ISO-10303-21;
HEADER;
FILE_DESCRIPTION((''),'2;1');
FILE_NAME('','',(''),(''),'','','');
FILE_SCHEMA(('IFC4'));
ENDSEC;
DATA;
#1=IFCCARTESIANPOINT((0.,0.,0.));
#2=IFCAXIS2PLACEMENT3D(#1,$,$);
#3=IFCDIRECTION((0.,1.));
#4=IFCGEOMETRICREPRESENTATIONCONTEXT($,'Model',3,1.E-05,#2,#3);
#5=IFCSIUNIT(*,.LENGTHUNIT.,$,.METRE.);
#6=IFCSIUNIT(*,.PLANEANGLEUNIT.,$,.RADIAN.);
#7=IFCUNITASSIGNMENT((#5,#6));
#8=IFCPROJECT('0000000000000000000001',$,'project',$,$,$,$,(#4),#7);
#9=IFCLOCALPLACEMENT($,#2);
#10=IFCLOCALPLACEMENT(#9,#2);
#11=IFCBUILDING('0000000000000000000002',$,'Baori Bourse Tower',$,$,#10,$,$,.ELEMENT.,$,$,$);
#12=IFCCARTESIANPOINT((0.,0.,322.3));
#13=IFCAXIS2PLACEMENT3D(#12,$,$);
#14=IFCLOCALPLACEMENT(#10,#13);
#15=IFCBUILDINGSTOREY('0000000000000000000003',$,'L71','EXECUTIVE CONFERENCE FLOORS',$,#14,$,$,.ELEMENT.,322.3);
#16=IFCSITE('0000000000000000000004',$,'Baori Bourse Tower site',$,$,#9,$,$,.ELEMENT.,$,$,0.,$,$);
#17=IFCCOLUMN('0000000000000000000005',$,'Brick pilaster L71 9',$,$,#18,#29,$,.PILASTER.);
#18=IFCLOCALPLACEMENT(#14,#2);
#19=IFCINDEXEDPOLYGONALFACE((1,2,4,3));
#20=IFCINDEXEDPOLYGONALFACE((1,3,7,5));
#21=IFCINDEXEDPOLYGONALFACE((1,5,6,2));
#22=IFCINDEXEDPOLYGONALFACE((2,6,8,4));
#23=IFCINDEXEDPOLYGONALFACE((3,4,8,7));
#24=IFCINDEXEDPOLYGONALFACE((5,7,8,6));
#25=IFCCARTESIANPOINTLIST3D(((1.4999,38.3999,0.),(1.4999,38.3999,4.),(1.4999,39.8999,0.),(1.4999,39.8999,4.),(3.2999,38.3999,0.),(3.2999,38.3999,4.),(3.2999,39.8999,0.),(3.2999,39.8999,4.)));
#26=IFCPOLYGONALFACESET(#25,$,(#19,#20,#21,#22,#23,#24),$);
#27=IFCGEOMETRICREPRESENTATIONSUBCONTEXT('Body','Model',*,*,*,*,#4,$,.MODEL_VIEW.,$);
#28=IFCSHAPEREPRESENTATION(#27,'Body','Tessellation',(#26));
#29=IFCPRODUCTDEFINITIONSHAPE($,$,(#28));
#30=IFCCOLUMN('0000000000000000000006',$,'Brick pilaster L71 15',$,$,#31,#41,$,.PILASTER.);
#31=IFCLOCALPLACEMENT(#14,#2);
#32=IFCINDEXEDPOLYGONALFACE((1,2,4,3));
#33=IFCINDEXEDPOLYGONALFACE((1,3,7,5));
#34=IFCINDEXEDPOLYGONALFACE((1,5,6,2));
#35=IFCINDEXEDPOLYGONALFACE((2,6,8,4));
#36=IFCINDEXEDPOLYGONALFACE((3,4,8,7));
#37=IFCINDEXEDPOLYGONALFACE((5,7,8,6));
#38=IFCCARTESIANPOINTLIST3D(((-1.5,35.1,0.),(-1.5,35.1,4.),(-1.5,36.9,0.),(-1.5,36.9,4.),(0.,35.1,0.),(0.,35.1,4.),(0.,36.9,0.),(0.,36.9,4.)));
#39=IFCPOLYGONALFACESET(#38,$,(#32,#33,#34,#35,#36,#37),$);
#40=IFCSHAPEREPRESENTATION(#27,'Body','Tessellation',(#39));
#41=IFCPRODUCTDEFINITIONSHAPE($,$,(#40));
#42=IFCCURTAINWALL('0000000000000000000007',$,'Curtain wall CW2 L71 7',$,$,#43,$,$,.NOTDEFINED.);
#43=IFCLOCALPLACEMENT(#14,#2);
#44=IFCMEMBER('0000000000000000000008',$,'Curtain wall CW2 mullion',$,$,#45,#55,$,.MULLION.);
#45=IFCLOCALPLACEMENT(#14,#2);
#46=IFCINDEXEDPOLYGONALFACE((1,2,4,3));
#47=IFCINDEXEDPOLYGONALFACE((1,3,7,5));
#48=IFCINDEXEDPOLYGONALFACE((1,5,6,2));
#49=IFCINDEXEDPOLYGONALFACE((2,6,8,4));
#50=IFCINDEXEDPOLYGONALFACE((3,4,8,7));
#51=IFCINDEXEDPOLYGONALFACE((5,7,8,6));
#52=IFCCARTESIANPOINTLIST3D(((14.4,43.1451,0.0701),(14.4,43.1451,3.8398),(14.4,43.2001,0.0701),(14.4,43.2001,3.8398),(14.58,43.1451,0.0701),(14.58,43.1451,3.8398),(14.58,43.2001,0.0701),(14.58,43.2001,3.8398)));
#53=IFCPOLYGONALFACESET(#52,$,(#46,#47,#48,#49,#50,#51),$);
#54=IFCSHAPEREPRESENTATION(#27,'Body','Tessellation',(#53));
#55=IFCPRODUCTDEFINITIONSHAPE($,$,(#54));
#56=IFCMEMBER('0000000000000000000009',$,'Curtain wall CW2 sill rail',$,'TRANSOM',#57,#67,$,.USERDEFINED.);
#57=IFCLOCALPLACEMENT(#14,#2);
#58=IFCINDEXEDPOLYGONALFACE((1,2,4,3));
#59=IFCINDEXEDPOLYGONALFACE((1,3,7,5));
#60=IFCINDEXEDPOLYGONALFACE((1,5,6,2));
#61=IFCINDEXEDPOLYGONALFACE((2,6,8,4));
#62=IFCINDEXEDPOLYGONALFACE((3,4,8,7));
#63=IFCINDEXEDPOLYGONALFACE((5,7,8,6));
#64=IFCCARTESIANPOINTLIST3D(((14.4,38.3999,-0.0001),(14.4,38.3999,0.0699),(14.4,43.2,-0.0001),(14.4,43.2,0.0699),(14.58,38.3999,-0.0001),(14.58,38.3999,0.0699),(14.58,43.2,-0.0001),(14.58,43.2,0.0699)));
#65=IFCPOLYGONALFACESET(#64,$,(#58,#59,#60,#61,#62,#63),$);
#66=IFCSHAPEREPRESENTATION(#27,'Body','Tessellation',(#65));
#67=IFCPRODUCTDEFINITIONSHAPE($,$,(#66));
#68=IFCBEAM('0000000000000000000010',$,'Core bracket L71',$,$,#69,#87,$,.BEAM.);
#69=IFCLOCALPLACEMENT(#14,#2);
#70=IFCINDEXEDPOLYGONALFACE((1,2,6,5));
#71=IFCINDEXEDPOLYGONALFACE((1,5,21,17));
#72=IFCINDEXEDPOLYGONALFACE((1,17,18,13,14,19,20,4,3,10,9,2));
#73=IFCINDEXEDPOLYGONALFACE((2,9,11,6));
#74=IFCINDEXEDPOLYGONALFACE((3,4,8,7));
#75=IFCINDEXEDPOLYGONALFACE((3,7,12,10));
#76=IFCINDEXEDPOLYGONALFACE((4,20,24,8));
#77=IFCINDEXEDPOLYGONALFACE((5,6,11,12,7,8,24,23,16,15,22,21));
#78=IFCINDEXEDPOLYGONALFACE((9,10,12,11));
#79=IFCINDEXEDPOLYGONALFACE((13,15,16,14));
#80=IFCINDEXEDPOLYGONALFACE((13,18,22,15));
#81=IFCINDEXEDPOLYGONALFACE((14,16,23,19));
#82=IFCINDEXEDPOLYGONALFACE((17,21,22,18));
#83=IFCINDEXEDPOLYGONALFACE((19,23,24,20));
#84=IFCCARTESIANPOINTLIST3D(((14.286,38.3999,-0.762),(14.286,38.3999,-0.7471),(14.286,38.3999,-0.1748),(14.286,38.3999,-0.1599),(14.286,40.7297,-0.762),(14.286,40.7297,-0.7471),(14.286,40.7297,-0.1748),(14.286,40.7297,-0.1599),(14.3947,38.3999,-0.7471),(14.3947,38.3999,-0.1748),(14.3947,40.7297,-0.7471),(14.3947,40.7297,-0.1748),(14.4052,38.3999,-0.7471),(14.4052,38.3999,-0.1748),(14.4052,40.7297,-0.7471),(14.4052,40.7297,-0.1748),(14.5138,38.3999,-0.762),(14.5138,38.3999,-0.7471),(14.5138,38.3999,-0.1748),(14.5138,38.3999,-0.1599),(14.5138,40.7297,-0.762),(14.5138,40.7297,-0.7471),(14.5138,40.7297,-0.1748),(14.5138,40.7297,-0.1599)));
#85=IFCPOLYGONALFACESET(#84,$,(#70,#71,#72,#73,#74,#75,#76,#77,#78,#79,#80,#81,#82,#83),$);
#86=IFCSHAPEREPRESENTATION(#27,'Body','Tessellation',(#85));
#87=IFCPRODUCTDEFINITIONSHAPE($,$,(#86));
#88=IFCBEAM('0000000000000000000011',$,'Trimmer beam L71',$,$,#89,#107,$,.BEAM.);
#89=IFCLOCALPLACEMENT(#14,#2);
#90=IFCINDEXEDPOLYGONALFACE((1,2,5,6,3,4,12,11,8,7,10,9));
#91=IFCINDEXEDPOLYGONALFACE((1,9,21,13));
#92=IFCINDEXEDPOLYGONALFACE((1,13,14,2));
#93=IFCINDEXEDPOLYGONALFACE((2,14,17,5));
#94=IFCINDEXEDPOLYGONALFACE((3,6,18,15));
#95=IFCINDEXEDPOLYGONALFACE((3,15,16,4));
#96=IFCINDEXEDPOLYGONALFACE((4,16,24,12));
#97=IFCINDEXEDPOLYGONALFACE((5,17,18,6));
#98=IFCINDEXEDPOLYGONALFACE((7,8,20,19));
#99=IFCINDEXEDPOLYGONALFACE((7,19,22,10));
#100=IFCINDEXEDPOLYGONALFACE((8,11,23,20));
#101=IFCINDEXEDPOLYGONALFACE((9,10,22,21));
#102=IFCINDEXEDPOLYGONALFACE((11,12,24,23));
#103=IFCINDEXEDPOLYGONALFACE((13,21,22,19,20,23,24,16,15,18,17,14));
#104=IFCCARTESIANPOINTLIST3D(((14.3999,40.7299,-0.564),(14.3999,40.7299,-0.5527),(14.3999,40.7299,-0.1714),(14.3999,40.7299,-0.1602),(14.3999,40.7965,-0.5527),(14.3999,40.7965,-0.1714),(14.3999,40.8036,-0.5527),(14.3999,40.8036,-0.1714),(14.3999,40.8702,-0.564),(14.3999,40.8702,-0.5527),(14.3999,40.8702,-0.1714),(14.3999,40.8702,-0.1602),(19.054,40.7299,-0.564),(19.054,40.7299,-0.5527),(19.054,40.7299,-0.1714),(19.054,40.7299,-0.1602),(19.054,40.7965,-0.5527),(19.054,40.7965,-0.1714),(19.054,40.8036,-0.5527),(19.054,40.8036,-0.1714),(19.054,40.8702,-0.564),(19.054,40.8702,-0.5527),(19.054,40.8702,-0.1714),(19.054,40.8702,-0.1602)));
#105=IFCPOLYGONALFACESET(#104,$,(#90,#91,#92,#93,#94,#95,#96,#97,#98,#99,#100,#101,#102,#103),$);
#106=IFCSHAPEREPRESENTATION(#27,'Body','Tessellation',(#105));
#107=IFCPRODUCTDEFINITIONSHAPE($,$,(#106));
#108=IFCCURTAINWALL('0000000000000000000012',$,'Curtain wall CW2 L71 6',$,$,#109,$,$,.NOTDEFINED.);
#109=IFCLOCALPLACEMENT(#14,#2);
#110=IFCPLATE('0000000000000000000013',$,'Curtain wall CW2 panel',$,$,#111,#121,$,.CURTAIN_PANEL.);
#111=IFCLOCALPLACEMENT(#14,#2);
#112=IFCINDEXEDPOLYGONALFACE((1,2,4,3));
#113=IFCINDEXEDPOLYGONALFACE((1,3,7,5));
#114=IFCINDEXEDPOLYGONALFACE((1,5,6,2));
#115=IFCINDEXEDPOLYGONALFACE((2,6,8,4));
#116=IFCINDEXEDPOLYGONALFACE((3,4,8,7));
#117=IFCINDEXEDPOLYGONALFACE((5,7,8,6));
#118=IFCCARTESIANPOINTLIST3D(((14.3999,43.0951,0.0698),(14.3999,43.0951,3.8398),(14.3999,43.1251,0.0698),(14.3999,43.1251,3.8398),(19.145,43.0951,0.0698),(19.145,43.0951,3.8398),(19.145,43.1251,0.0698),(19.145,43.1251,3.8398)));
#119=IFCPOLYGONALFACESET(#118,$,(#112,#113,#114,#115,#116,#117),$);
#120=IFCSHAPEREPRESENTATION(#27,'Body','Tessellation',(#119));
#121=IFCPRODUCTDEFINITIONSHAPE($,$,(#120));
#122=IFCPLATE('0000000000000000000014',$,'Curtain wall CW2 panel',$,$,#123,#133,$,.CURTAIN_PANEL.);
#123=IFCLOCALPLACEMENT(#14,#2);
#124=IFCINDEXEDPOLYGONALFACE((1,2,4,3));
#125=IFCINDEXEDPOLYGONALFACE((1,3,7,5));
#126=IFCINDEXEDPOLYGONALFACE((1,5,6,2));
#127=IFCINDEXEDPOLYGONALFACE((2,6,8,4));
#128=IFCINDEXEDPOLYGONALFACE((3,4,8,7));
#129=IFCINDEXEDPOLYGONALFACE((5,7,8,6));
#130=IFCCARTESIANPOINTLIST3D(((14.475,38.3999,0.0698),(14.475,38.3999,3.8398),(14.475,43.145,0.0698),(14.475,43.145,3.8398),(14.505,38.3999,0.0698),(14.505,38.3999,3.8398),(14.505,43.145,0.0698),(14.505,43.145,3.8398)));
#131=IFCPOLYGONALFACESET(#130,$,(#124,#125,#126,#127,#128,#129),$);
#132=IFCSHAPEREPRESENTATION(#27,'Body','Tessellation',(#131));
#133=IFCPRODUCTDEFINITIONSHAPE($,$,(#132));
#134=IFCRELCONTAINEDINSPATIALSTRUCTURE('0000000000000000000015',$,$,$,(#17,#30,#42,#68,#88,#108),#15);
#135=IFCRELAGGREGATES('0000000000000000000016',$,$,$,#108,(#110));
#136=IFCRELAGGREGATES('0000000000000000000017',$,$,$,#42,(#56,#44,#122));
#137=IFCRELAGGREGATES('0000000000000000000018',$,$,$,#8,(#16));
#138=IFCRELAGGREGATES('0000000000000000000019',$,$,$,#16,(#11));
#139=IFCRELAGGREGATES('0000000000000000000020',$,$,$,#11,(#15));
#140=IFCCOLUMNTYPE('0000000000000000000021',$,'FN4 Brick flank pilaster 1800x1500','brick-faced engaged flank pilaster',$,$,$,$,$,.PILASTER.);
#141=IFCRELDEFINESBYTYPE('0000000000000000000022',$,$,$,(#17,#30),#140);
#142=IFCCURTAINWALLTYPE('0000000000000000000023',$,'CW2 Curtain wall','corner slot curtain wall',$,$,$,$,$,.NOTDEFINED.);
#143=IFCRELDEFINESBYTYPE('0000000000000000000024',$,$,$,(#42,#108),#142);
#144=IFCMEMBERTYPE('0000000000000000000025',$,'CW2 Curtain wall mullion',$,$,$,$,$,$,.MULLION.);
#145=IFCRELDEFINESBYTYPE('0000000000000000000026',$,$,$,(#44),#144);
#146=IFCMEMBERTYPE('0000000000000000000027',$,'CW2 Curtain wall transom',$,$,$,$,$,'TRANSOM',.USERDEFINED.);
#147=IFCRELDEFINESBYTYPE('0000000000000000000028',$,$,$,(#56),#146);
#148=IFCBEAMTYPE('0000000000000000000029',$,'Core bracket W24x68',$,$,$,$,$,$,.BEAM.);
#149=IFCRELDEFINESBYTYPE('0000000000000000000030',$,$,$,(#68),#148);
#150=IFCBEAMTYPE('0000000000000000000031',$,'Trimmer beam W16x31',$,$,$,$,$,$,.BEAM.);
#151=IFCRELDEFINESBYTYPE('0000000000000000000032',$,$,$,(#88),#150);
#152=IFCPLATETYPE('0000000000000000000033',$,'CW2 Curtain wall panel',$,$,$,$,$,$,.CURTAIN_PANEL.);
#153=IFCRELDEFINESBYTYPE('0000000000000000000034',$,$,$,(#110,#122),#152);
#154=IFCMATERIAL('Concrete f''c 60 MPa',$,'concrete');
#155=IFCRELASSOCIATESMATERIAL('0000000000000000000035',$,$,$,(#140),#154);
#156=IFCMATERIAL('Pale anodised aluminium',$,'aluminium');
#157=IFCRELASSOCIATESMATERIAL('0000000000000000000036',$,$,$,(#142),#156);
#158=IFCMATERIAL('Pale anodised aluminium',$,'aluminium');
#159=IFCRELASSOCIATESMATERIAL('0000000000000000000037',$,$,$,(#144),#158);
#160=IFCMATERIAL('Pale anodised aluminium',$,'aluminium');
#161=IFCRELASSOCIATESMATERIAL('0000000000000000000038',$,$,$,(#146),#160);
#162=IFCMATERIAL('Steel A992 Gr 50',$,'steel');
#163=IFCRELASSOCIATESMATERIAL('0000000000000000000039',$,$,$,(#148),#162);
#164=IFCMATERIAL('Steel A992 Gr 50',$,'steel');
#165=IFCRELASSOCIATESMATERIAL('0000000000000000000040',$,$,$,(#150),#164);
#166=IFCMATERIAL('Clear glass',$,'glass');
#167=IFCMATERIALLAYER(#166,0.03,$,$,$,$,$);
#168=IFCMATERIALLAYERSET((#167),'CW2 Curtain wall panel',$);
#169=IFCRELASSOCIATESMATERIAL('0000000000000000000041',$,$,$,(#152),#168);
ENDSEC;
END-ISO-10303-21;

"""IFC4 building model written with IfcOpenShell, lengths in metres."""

from ifc_helpers import new_model, si_unit, direction, frame, origin, origin_2d, place, context, subcontext, project, spatial, rectangle, i_section, extrude, material, layer, layer_set, material_profile, profile_set, type_object, element, aggregate, save


model = new_model("IFC4")

# Units and contexts
model_context = context("Model", 3, precision=1e-05, world=origin(), true_north=direction((0.0, 1.0)))
body_context = subcontext(model_context, "Body", "Model", "MODEL_VIEW")
ifc_project = project(units=[si_unit("LENGTHUNIT", "METRE"), si_unit("PLANEANGLEUNIT", "RADIAN")], contexts=[model_context])

# Site, building, storey
site_placement = place(None, origin())
site = spatial("IfcSite", under=ifc_project, at=site_placement, Name="Baori Bourse Tower site", CompositionType="ELEMENT", RefElevation=0.0)
building_placement = place(site_placement, origin())
building = spatial("IfcBuilding", under=site, at=building_placement, Name="Baori Bourse Tower", CompositionType="ELEMENT")
storey_placement = place(building_placement, frame((0.0, 0.0, 322.3)))
storey = spatial("IfcBuildingStorey", under=building, at=storey_placement, Name="L71", Description="EXECUTIVE CONFERENCE FLOORS", CompositionType="ELEMENT", Elevation=322.3)

# Columns
ifc_material_1 = material(Name="Concrete f'c 60 MPa", Category="concrete")
ifc_material_profile_1 = material_profile(ifc_material_1, rectangle(XDim=1.8, YDim=1.5, at=origin_2d()), Name="RC 1800x1500")
ifc_profile_set_1 = profile_set([ifc_material_profile_1], Name="Concrete f'c 60 MPa")
column_type = type_object("IfcColumnType", Name="FN4 Brick flank pilaster 1800x1500", Description="brick-faced engaged flank pilaster", PredefinedType="PILASTER", material=ifc_profile_set_1)
for number, where, z_axis, x_axis, name in (
    (1, (2.3999, 39.1499, 0.0), (0.0, 0.0, 1.0), (1.0, 0.0, 0.0), "Brick pilaster L71 9"),
    (2, (-0.75, 36.0, 0.0), (0.0, 0.0, 1.0), (0.0, 1.0, 0.0), "Brick pilaster L71 15"),
):
    element("IfcColumn", number, at=place(storey_placement, frame(where, z_axis=z_axis, x_axis=x_axis)), inside=storey, type_object=column_type, Name=name, PredefinedType="PILASTER", context=body_context, shape_type="SweptSolid", body=[
        extrude(rectangle(XDim=1.8, YDim=1.5, at=origin_2d()), origin(), (0.0, 0.0, 1.0), 4.0),
    ])

# Curtain wall, members
ifc_material_2 = material(Name="Pale anodised aluminium", Category="aluminium")
curtain_wall_type = type_object("IfcCurtainWallType", Name="CW2 Curtain wall", Description="corner slot curtain wall", PredefinedType="NOTDEFINED", material=ifc_material_2)
curtain_wall_1_placement = place(storey_placement, origin())
curtain_wall_1 = element("IfcCurtainWall", 3, at=curtain_wall_1_placement, inside=storey, type_object=curtain_wall_type, Name="Curtain wall CW2 L71 7", PredefinedType="NOTDEFINED")
ifc_material_3 = material(Name="Pale anodised aluminium", Category="aluminium")
ifc_material_profile_2 = material_profile(ifc_material_3, rectangle(XDim=0.1799, YDim=0.0549, at=origin_2d()), Name="Mullion 55x180")
ifc_profile_set_2 = profile_set([ifc_material_profile_2], Name="Pale anodised aluminium")
member_type_1 = type_object("IfcMemberType", Name="CW2 Curtain wall mullion", PredefinedType="MULLION", material=ifc_profile_set_2)
member_1_placement = place(storey_placement, frame((14.49, 43.1726, 0.0701), z_axis=(0.0, 0.0, 1.0), x_axis=(1.0, 0.0, 0.0)))
member_1 = element("IfcMember", 4, at=member_1_placement, type_object=member_type_1, Name="Curtain wall CW2 mullion", PredefinedType="MULLION", context=body_context, shape_type="SweptSolid", body=[
    extrude(rectangle(XDim=0.1799, YDim=0.0549, at=origin_2d()), origin(), (0.0, 0.0, 1.0), 3.7698),
])
ifc_material_4 = material(Name="Pale anodised aluminium", Category="aluminium")
ifc_material_profile_3 = material_profile(ifc_material_4, rectangle(XDim=0.1799, YDim=0.0701, at=origin_2d()), Name="Transom 70x180")
ifc_profile_set_3 = profile_set([ifc_material_profile_3], Name="Pale anodised aluminium")
member_type_2 = type_object("IfcMemberType", Name="CW2 Curtain wall transom", ElementType="TRANSOM", PredefinedType="USERDEFINED", material=ifc_profile_set_3)
member_2_placement = place(storey_placement, frame((14.49, 43.2, 0.0349), z_axis=(0.0, -1.0, 0.0), x_axis=(1.0, 0.0, 0.0)))
member_2 = element("IfcMember", 5, at=member_2_placement, type_object=member_type_2, Name="Curtain wall CW2 sill rail", ObjectType="TRANSOM", PredefinedType="USERDEFINED", context=body_context, shape_type="SweptSolid", body=[
    extrude(rectangle(XDim=0.1799, YDim=0.0701, at=origin_2d()), origin(), (0.0, 0.0, 1.0), 4.8),
])

# Beams
ifc_material_5 = material(Name="Steel A992 Gr 50", Category="steel")
ifc_material_profile_4 = material_profile(ifc_material_5, i_section(OverallWidth=0.2278, OverallDepth=0.6021, WebThickness=0.0105, FlangeThickness=0.0149, at=origin_2d()), Name="W24x68")
ifc_profile_set_4 = profile_set([ifc_material_profile_4], Name="Steel A992 Gr 50")
beam_type_1 = type_object("IfcBeamType", Name="Core bracket W24x68", PredefinedType="BEAM", material=ifc_profile_set_4)
beam_1_placement = place(storey_placement, frame((14.3999, 38.3999, -0.4609), z_axis=(0.0, 1.0, 0.0), x_axis=(-1.0, 0.0, 0.0)))
element("IfcBeam", 6, at=beam_1_placement, inside=storey, type_object=beam_type_1, Name="Core bracket L71", PredefinedType="BEAM", context=body_context, shape_type="SweptSolid", body=[
    extrude(i_section(OverallWidth=0.2278, OverallDepth=0.6021, WebThickness=0.0105, FlangeThickness=0.0149, at=origin_2d()), origin(), (0.0, 0.0, 1.0), 2.3298),
])
ifc_material_6 = material(Name="Steel A992 Gr 50", Category="steel")
ifc_material_profile_5 = material_profile(ifc_material_6, i_section(OverallWidth=0.1404, OverallDepth=0.4038, WebThickness=0.0071, FlangeThickness=0.0112, at=origin_2d()), Name="W16x31")
ifc_profile_set_5 = profile_set([ifc_material_profile_5], Name="Steel A992 Gr 50")
beam_type_2 = type_object("IfcBeamType", Name="Trimmer beam W16x31", PredefinedType="BEAM", material=ifc_profile_set_5)
beam_2_placement = place(storey_placement, frame((14.3999, 40.8, -0.3621), z_axis=(1.0, 0.0, 0.0), x_axis=(0.0, 1.0, 0.0)))
element("IfcBeam", 7, at=beam_2_placement, inside=storey, type_object=beam_type_2, Name="Trimmer beam L71", PredefinedType="BEAM", context=body_context, shape_type="SweptSolid", body=[
    extrude(i_section(OverallWidth=0.1404, OverallDepth=0.4038, WebThickness=0.0071, FlangeThickness=0.0112, at=origin_2d()), origin(), (0.0, 0.0, 1.0), 4.6541),
])

# Curtain wall, plate
curtain_wall_2_placement = place(storey_placement, origin())
curtain_wall_2 = element("IfcCurtainWall", 8, at=curtain_wall_2_placement, inside=storey, type_object=curtain_wall_type, Name="Curtain wall CW2 L71 6", PredefinedType="NOTDEFINED")
ifc_material_7 = material(Name="Clear glass", Category="glass")
ifc_layer_1 = layer(ifc_material_7, 0.03)
ifc_layer_set_1 = layer_set([ifc_layer_1], Name="CW2 Curtain wall panel")
plate_type = type_object("IfcPlateType", Name="CW2 Curtain wall panel", PredefinedType="CURTAIN_PANEL", material=ifc_layer_set_1)
plate_1_placement = place(storey_placement, frame((16.7725, 43.1101, 0.0698), z_axis=(0.0, 0.0, 1.0), x_axis=(-1.0, 0.0, 0.0)))
plate_1 = element("IfcPlate", 9, at=plate_1_placement, type_object=plate_type, Name="Curtain wall CW2 panel", PredefinedType="CURTAIN_PANEL", context=body_context, shape_type="SweptSolid", body=[
    extrude(rectangle(XDim=4.7451, YDim=0.03, at=origin_2d()), origin(), (0.0, 0.0, 1.0), 3.77),
])
aggregate(curtain_wall_2, [plate_1])

# Plate
plate_2_placement = place(storey_placement, frame((14.49, 40.7725, 0.0698), z_axis=(0.0, 0.0, 1.0), x_axis=(0.0, -1.0, 0.0)))
plate_2 = element("IfcPlate", 10, at=plate_2_placement, type_object=plate_type, Name="Curtain wall CW2 panel", PredefinedType="CURTAIN_PANEL", context=body_context, shape_type="SweptSolid", body=[
    extrude(rectangle(XDim=4.7451, YDim=0.03, at=origin_2d()), origin(), (0.0, 0.0, 1.0), 3.77),
])
aggregate(curtain_wall_1, [member_2, member_1, plate_2])

save(model, "model.ifc")
